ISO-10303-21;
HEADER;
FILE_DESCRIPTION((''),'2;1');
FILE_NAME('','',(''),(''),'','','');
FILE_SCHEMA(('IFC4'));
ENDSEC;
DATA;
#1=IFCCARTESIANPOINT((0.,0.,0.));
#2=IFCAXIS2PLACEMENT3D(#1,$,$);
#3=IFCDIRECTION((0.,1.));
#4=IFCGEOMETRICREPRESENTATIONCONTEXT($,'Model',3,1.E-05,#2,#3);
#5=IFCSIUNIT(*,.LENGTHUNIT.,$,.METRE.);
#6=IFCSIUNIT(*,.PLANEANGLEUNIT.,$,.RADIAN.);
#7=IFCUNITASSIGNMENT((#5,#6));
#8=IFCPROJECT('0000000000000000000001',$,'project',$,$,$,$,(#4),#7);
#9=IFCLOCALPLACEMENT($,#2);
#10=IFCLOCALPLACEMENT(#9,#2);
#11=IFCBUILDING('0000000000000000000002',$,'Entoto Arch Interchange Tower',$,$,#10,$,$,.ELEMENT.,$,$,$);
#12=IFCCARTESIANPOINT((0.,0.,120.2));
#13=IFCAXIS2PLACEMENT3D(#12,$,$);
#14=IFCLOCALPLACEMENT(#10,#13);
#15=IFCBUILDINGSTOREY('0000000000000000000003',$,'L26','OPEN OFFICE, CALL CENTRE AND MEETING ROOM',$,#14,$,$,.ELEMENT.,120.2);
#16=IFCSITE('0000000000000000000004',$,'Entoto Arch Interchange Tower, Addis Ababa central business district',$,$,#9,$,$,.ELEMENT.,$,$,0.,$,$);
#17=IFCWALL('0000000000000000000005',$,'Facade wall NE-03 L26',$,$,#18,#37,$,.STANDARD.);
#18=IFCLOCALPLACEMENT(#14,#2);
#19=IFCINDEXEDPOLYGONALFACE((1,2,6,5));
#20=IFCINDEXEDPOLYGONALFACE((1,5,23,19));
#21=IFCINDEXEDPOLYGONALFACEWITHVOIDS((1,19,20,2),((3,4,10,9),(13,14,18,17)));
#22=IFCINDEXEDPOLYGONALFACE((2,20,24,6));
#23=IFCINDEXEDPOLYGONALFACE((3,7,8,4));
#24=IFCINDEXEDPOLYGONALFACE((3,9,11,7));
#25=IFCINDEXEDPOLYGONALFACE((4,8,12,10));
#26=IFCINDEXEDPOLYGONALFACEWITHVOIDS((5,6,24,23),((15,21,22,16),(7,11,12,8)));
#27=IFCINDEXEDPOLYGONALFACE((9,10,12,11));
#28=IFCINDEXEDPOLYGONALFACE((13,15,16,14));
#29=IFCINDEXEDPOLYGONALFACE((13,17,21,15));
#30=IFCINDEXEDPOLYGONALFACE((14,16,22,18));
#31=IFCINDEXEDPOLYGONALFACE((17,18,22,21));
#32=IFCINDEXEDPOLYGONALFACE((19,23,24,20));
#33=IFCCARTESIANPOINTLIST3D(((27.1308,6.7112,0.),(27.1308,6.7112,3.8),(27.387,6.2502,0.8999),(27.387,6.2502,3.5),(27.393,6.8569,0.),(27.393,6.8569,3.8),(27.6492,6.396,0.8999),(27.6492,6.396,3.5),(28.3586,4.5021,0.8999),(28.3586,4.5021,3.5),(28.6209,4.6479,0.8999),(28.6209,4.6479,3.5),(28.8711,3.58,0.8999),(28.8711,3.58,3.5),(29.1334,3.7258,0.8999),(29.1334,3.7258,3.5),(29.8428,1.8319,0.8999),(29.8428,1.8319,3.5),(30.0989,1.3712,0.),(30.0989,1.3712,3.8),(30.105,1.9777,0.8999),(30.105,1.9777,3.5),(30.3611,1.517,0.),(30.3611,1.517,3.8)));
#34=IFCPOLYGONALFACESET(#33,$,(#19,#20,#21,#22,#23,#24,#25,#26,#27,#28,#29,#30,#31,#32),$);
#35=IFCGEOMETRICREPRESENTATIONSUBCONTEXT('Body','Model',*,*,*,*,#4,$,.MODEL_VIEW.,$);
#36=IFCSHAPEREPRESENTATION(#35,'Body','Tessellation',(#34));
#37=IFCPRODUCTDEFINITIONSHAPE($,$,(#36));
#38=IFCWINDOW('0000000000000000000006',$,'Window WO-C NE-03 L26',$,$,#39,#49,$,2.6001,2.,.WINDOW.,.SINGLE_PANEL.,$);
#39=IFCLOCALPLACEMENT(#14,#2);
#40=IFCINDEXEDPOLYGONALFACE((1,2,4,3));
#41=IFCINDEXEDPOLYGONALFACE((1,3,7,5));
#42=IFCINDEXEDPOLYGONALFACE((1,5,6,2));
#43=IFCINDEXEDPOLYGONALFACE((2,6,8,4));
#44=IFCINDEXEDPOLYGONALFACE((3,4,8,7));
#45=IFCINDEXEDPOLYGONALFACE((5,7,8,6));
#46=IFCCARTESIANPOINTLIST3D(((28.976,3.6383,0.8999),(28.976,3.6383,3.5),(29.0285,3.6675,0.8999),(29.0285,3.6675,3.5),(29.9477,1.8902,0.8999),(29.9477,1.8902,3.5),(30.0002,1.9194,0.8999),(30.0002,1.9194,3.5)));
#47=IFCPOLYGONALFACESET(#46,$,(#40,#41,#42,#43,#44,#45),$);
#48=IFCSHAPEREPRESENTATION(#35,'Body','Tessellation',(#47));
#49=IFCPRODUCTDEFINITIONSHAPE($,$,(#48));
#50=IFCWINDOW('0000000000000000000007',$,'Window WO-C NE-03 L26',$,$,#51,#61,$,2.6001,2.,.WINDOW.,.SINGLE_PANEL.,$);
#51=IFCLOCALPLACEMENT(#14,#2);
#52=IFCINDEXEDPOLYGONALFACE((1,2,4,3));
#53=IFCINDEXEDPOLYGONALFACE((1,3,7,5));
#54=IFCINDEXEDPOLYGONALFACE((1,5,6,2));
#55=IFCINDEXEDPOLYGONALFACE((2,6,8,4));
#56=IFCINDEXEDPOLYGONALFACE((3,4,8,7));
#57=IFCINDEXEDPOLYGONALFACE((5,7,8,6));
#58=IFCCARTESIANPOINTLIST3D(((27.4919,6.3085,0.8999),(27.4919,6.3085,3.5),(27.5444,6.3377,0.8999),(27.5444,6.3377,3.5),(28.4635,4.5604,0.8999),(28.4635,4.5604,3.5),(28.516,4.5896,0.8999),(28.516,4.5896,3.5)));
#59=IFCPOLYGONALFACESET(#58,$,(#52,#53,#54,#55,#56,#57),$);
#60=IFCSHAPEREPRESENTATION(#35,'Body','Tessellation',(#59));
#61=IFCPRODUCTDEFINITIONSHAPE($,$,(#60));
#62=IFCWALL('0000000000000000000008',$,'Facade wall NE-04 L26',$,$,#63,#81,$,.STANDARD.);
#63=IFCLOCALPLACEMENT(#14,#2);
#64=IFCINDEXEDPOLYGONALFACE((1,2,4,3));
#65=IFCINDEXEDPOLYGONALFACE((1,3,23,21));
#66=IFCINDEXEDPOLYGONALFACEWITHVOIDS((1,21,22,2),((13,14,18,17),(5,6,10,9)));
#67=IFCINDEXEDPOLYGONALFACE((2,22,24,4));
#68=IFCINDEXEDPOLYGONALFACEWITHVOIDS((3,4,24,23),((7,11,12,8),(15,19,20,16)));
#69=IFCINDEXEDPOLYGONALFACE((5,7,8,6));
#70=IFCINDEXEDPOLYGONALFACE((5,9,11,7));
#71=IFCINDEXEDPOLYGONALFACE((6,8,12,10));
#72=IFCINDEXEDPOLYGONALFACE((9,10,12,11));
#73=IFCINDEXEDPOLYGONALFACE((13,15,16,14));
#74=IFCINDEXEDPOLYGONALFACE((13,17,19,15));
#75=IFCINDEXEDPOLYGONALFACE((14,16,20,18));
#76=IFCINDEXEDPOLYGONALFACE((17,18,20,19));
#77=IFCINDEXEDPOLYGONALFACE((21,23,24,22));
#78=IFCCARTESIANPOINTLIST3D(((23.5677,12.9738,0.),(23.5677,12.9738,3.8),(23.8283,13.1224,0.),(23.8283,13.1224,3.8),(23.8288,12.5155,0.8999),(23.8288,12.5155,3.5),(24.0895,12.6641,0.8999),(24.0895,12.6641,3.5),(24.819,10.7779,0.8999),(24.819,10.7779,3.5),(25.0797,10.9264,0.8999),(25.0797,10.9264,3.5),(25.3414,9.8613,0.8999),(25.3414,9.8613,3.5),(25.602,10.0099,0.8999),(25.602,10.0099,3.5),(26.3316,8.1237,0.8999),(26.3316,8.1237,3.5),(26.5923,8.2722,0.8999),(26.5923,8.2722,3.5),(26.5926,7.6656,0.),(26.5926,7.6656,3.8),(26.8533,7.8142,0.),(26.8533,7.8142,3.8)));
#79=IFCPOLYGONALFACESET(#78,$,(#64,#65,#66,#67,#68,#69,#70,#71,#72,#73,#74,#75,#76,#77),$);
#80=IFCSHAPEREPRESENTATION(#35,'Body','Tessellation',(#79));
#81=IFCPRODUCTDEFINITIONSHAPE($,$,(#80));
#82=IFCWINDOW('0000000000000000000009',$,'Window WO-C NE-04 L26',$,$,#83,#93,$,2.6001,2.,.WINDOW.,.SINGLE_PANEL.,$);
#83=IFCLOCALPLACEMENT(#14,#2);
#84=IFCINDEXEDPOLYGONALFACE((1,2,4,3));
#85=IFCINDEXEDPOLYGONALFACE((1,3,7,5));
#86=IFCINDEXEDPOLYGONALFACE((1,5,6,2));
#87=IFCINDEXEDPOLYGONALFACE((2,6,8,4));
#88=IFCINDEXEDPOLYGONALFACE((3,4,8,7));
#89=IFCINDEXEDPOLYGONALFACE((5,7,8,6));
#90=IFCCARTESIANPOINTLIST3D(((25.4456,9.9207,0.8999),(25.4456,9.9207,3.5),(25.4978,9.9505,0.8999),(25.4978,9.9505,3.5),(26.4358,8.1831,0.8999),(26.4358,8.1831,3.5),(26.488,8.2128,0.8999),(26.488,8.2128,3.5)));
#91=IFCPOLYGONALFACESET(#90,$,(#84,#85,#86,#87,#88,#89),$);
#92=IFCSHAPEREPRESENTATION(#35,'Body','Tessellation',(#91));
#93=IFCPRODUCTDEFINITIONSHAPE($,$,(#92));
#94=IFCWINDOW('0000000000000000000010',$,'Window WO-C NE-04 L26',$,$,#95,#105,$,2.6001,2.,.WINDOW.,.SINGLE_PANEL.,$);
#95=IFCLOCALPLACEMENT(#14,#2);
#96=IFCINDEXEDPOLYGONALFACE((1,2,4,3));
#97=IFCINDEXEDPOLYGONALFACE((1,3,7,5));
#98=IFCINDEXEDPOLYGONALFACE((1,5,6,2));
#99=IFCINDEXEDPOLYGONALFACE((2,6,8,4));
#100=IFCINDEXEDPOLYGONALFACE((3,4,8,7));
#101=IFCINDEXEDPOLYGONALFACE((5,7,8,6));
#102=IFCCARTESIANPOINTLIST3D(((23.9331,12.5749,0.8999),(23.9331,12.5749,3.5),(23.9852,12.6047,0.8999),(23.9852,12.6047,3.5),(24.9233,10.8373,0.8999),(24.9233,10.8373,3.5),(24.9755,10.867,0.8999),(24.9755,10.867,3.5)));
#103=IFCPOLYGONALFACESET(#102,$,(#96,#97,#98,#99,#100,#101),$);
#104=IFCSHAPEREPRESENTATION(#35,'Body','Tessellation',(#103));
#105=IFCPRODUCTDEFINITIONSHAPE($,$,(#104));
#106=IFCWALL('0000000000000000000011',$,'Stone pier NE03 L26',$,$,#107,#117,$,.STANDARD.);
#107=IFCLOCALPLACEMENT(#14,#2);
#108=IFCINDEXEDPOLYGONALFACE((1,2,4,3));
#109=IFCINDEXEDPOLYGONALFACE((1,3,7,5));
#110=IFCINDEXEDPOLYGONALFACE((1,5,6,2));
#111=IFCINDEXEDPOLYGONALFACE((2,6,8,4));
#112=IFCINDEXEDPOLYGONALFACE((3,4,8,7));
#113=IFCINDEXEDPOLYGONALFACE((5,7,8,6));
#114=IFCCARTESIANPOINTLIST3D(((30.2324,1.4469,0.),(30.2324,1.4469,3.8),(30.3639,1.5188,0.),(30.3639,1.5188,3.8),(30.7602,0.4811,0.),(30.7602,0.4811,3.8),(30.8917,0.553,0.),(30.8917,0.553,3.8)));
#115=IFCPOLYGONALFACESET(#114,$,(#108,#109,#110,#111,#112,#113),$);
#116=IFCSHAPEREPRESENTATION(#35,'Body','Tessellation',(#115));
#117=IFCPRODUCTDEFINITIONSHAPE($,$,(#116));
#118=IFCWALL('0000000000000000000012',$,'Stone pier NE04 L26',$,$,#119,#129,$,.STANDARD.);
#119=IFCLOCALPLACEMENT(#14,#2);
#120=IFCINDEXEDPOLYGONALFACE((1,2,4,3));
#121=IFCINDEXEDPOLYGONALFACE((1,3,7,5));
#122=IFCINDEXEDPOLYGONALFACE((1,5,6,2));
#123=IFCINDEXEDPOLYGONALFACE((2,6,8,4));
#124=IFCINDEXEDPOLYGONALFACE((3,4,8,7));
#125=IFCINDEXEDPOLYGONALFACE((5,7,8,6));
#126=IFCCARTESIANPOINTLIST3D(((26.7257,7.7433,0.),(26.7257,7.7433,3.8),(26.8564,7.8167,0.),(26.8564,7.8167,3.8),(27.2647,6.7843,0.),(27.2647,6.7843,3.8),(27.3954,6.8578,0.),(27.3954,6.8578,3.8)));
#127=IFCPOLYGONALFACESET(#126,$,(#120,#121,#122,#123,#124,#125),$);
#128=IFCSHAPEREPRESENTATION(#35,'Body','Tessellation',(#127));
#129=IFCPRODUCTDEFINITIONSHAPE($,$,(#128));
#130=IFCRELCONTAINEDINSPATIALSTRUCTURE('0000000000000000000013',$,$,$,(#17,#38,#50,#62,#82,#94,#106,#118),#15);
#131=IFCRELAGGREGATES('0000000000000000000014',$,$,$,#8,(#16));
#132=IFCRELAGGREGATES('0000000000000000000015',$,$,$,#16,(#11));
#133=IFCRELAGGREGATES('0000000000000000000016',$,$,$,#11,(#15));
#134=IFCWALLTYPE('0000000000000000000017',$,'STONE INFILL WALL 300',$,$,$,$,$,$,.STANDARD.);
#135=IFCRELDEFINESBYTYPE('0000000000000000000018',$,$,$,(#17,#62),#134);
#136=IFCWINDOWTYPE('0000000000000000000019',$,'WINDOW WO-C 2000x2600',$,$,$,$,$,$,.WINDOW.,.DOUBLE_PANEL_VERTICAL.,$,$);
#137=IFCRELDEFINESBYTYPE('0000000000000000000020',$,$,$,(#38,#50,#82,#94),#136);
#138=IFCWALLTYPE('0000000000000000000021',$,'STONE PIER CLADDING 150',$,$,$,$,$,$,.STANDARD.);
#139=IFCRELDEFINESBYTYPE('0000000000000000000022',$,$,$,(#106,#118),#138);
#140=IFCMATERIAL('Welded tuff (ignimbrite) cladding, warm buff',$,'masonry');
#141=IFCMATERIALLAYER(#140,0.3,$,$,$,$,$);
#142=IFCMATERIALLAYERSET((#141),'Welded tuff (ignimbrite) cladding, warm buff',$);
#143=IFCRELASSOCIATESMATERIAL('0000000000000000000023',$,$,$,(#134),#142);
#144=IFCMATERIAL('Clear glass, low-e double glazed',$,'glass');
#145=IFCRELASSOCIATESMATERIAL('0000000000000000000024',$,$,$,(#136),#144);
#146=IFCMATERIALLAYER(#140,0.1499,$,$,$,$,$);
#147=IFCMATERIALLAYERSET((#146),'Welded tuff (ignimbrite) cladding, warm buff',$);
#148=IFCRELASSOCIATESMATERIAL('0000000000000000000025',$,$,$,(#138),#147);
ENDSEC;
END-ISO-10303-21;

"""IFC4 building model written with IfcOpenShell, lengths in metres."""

from ifc_helpers import new_model, si_unit, direction, frame, frame_2d, origin, place, context, subcontext, project, spatial, rectangle, extrude, material, layer, layer_set, type_object, element, fill, save


model = new_model("IFC4")

# Units and contexts
model_context = context("Model", 3, precision=1e-05, world=origin(), true_north=direction((0.0, 1.0)))
body_context = subcontext(model_context, "Body", "Model", "MODEL_VIEW")
ifc_project = project(units=[si_unit("LENGTHUNIT", "METRE"), si_unit("PLANEANGLEUNIT", "RADIAN")], contexts=[model_context])

# Site, building, storey
site_placement = place(None, origin())
site = spatial("IfcSite", under=ifc_project, at=site_placement, Name="Entoto Arch Interchange Tower, Addis Ababa central business district", CompositionType="ELEMENT", RefElevation=0.0)
building_placement = place(site_placement, origin())
building = spatial("IfcBuilding", under=site, at=building_placement, Name="Entoto Arch Interchange Tower", CompositionType="ELEMENT")
storey_placement = place(building_placement, frame((0.0, 0.0, 120.2)))
storey = spatial("IfcBuildingStorey", under=building, at=storey_placement, Name="L26", Description="OPEN OFFICE, CALL CENTRE AND MEETING ROOM", CompositionType="ELEMENT", Elevation=120.2)

# Walls, openings, windows
ifc_material_1 = material(Name="Welded tuff (ignimbrite) cladding, warm buff", Category="masonry")
ifc_layer_1 = layer(ifc_material_1, 0.3)
ifc_layer_set_1 = layer_set([ifc_layer_1], Name="Welded tuff (ignimbrite) cladding, warm buff")
wall_type_1 = type_object("IfcWallType", Name="STONE INFILL WALL 300", PredefinedType="STANDARD", material=ifc_layer_set_1)
wall_1_placement = place(storey_placement, frame((30.23, 1.4441, 0.0), z_axis=(0.0, 0.0, 1.0), x_axis=(-0.485823, 0.874057, 0.0)))
wall_1 = element("IfcWall", 1, at=wall_1_placement, inside=storey, type_object=wall_type_1, Name="Facade wall NE-03 L26", PredefinedType="STANDARD", context=body_context, shape_type="SweptSolid", body=[
    extrude(rectangle(XDim=6.1094, YDim=0.3, at=frame_2d((3.0547, 0.0))), origin(), (0.0, 0.0, 1.0), 3.8),
])
opening_1_placement = place(wall_1_placement, frame((0.5271, 0.0, 0.8999)))
opening_1 = element("IfcOpeningElement", 2, at=opening_1_placement, cuts=wall_1, PredefinedType="OPENING", context=body_context, shape_type="SweptSolid", body=[
    extrude(rectangle(XDim=2.0, YDim=2.6001, at=frame_2d((1.0, 1.3))), frame((0.0, 0.1602, 0.0), z_axis=(0.0, -1.0, 0.0), x_axis=(1.0, 0.0, 0.0)), (0.0, 0.0, 1.0), 0.3201),
])
opening_2_placement = place(wall_1_placement, frame((3.582, 0.0, 0.8999)))
opening_2 = element("IfcOpeningElement", 3, at=opening_2_placement, cuts=wall_1, PredefinedType="OPENING", context=body_context, shape_type="SweptSolid", body=[
    extrude(rectangle(XDim=2.0, YDim=2.6001, at=frame_2d((1.0, 1.3))), frame((0.0, 0.1602, 0.0), z_axis=(0.0, -1.0, 0.0), x_axis=(1.0, 0.0, 0.0)), (0.0, 0.0, 1.0), 0.3201),
])
ifc_material_2 = material(Name="Clear glass, low-e double glazed", Category="glass")
window_type = type_object("IfcWindowType", Name="WINDOW WO-C 2000x2600", PartitioningType="DOUBLE_PANEL_VERTICAL", PredefinedType="WINDOW", material=ifc_material_2)
window_1_placement = place(opening_1_placement, origin())
window_1 = element("IfcWindow", 4, at=window_1_placement, inside=storey, type_object=window_type, Name="Window WO-C NE-03 L26", OverallHeight=2.6001, OverallWidth=2.0, PartitioningType="SINGLE_PANEL", PredefinedType="WINDOW", context=body_context, shape_type="SweptSolid", body=[
    extrude(rectangle(XDim=2.0, YDim=2.6001, at=frame_2d((1.0, 1.3))), frame((0.0, 0.03, 0.0), z_axis=(0.0, -1.0, 0.0), x_axis=(1.0, 0.0, 0.0)), (0.0, 0.0, 1.0), 0.0601),
])
fill(opening_1, window_1)
window_2_placement = place(opening_2_placement, origin())
window_2 = element("IfcWindow", 5, at=window_2_placement, inside=storey, type_object=window_type, Name="Window WO-C NE-03 L26", OverallHeight=2.6001, OverallWidth=2.0, PartitioningType="SINGLE_PANEL", PredefinedType="WINDOW", context=body_context, shape_type="SweptSolid", body=[
    extrude(rectangle(XDim=2.0, YDim=2.6001, at=frame_2d((1.0, 1.3))), frame((0.0, 0.03, 0.0), z_axis=(0.0, -1.0, 0.0), x_axis=(1.0, 0.0, 0.0)), (0.0, 0.0, 1.0), 0.0601),
])
fill(opening_2, window_2)
wall_2_placement = place(storey_placement, frame((26.7229, 7.74, 0.0), z_axis=(0.0, 0.0, 1.0), x_axis=(-0.495114, 0.868828, 0.0)))
wall_2 = element("IfcWall", 6, at=wall_2_placement, inside=storey, type_object=wall_type_1, Name="Facade wall NE-04 L26", PredefinedType="STANDARD", context=body_context, shape_type="SweptSolid", body=[
    extrude(rectangle(XDim=6.1096, YDim=0.3, at=frame_2d((3.0547, 0.0))), origin(), (0.0, 0.0, 1.0), 3.8),
])
opening_3_placement = place(wall_2_placement, frame((0.5271, 0.0, 0.8999)))
opening_3 = element("IfcOpeningElement", 7, at=opening_3_placement, cuts=wall_2, PredefinedType="OPENING", context=body_context, shape_type="SweptSolid", body=[
    extrude(rectangle(XDim=2.0, YDim=2.6001, at=frame_2d((1.0, 1.3))), frame((0.0, 0.1602, 0.0), z_axis=(0.0, -1.0, 0.0), x_axis=(1.0, 0.0, 0.0)), (0.0, 0.0, 1.0), 0.3201),
])
opening_4_placement = place(wall_2_placement, frame((3.582, 0.0, 0.8999)))
opening_4 = element("IfcOpeningElement", 8, at=opening_4_placement, cuts=wall_2, PredefinedType="OPENING", context=body_context, shape_type="SweptSolid", body=[
    extrude(rectangle(XDim=2.0, YDim=2.6001, at=frame_2d((1.0, 1.3))), frame((0.0, 0.1602, 0.0), z_axis=(0.0, -1.0, 0.0), x_axis=(1.0, 0.0, 0.0)), (0.0, 0.0, 1.0), 0.3201),
])
window_3_placement = place(opening_3_placement, origin())
window_3 = element("IfcWindow", 9, at=window_3_placement, inside=storey, type_object=window_type, Name="Window WO-C NE-04 L26", OverallHeight=2.6001, OverallWidth=2.0, PartitioningType="SINGLE_PANEL", PredefinedType="WINDOW", context=body_context, shape_type="SweptSolid", body=[
    extrude(rectangle(XDim=2.0, YDim=2.6001, at=frame_2d((1.0, 1.3))), frame((0.0, 0.03, 0.0), z_axis=(0.0, -1.0, 0.0), x_axis=(1.0, 0.0, 0.0)), (0.0, 0.0, 1.0), 0.0601),
])
fill(opening_3, window_3)
window_4_placement = place(opening_4_placement, origin())
window_4 = element("IfcWindow", 10, at=window_4_placement, inside=storey, type_object=window_type, Name="Window WO-C NE-04 L26", OverallHeight=2.6001, OverallWidth=2.0, PartitioningType="SINGLE_PANEL", PredefinedType="WINDOW", context=body_context, shape_type="SweptSolid", body=[
    extrude(rectangle(XDim=2.0, YDim=2.6001, at=frame_2d((1.0, 1.3))), frame((0.0, 0.03, 0.0), z_axis=(0.0, -1.0, 0.0), x_axis=(1.0, 0.0, 0.0)), (0.0, 0.0, 1.0), 0.0601),
])
fill(opening_4, window_4)

# Walls
ifc_layer_2 = layer(ifc_material_1, 0.1499)
ifc_layer_set_2 = layer_set([ifc_layer_2], Name="Welded tuff (ignimbrite) cladding, warm buff")
wall_type_2 = type_object("IfcWallType", Name="STONE PIER CLADDING 150", PredefinedType="STANDARD", material=ifc_layer_set_2)
wall_3_placement = place(storey_placement, frame((30.8259, 0.5171, 0.0), z_axis=(0.0, 0.0, 1.0), x_axis=(-0.479567, 0.877505, 0.0)))
element("IfcWall", 11, at=wall_3_placement, inside=storey, type_object=wall_type_2, Name="Stone pier NE03 L26", PredefinedType="STANDARD", context=body_context, shape_type="SweptSolid", body=[
    extrude(rectangle(XDim=1.1006, YDim=0.1499, at=frame_2d((0.5503, 0.0))), origin(), (0.0, 0.0, 1.0), 3.8),
])
wall_4_placement = place(storey_placement, frame((27.3301, 6.821, 0.0), z_axis=(0.0, 0.0, 1.0), x_axis=(-0.490008, 0.871718, 0.0)))
element("IfcWall", 12, at=wall_4_placement, inside=storey, type_object=wall_type_2, Name="Stone pier NE04 L26", PredefinedType="STANDARD", context=body_context, shape_type="SweptSolid", body=[
    extrude(rectangle(XDim=1.1001, YDim=0.1499, at=frame_2d((0.55, 0.0))), origin(), (0.0, 0.0, 1.0), 3.8),
])

save(model, "model.ifc")
